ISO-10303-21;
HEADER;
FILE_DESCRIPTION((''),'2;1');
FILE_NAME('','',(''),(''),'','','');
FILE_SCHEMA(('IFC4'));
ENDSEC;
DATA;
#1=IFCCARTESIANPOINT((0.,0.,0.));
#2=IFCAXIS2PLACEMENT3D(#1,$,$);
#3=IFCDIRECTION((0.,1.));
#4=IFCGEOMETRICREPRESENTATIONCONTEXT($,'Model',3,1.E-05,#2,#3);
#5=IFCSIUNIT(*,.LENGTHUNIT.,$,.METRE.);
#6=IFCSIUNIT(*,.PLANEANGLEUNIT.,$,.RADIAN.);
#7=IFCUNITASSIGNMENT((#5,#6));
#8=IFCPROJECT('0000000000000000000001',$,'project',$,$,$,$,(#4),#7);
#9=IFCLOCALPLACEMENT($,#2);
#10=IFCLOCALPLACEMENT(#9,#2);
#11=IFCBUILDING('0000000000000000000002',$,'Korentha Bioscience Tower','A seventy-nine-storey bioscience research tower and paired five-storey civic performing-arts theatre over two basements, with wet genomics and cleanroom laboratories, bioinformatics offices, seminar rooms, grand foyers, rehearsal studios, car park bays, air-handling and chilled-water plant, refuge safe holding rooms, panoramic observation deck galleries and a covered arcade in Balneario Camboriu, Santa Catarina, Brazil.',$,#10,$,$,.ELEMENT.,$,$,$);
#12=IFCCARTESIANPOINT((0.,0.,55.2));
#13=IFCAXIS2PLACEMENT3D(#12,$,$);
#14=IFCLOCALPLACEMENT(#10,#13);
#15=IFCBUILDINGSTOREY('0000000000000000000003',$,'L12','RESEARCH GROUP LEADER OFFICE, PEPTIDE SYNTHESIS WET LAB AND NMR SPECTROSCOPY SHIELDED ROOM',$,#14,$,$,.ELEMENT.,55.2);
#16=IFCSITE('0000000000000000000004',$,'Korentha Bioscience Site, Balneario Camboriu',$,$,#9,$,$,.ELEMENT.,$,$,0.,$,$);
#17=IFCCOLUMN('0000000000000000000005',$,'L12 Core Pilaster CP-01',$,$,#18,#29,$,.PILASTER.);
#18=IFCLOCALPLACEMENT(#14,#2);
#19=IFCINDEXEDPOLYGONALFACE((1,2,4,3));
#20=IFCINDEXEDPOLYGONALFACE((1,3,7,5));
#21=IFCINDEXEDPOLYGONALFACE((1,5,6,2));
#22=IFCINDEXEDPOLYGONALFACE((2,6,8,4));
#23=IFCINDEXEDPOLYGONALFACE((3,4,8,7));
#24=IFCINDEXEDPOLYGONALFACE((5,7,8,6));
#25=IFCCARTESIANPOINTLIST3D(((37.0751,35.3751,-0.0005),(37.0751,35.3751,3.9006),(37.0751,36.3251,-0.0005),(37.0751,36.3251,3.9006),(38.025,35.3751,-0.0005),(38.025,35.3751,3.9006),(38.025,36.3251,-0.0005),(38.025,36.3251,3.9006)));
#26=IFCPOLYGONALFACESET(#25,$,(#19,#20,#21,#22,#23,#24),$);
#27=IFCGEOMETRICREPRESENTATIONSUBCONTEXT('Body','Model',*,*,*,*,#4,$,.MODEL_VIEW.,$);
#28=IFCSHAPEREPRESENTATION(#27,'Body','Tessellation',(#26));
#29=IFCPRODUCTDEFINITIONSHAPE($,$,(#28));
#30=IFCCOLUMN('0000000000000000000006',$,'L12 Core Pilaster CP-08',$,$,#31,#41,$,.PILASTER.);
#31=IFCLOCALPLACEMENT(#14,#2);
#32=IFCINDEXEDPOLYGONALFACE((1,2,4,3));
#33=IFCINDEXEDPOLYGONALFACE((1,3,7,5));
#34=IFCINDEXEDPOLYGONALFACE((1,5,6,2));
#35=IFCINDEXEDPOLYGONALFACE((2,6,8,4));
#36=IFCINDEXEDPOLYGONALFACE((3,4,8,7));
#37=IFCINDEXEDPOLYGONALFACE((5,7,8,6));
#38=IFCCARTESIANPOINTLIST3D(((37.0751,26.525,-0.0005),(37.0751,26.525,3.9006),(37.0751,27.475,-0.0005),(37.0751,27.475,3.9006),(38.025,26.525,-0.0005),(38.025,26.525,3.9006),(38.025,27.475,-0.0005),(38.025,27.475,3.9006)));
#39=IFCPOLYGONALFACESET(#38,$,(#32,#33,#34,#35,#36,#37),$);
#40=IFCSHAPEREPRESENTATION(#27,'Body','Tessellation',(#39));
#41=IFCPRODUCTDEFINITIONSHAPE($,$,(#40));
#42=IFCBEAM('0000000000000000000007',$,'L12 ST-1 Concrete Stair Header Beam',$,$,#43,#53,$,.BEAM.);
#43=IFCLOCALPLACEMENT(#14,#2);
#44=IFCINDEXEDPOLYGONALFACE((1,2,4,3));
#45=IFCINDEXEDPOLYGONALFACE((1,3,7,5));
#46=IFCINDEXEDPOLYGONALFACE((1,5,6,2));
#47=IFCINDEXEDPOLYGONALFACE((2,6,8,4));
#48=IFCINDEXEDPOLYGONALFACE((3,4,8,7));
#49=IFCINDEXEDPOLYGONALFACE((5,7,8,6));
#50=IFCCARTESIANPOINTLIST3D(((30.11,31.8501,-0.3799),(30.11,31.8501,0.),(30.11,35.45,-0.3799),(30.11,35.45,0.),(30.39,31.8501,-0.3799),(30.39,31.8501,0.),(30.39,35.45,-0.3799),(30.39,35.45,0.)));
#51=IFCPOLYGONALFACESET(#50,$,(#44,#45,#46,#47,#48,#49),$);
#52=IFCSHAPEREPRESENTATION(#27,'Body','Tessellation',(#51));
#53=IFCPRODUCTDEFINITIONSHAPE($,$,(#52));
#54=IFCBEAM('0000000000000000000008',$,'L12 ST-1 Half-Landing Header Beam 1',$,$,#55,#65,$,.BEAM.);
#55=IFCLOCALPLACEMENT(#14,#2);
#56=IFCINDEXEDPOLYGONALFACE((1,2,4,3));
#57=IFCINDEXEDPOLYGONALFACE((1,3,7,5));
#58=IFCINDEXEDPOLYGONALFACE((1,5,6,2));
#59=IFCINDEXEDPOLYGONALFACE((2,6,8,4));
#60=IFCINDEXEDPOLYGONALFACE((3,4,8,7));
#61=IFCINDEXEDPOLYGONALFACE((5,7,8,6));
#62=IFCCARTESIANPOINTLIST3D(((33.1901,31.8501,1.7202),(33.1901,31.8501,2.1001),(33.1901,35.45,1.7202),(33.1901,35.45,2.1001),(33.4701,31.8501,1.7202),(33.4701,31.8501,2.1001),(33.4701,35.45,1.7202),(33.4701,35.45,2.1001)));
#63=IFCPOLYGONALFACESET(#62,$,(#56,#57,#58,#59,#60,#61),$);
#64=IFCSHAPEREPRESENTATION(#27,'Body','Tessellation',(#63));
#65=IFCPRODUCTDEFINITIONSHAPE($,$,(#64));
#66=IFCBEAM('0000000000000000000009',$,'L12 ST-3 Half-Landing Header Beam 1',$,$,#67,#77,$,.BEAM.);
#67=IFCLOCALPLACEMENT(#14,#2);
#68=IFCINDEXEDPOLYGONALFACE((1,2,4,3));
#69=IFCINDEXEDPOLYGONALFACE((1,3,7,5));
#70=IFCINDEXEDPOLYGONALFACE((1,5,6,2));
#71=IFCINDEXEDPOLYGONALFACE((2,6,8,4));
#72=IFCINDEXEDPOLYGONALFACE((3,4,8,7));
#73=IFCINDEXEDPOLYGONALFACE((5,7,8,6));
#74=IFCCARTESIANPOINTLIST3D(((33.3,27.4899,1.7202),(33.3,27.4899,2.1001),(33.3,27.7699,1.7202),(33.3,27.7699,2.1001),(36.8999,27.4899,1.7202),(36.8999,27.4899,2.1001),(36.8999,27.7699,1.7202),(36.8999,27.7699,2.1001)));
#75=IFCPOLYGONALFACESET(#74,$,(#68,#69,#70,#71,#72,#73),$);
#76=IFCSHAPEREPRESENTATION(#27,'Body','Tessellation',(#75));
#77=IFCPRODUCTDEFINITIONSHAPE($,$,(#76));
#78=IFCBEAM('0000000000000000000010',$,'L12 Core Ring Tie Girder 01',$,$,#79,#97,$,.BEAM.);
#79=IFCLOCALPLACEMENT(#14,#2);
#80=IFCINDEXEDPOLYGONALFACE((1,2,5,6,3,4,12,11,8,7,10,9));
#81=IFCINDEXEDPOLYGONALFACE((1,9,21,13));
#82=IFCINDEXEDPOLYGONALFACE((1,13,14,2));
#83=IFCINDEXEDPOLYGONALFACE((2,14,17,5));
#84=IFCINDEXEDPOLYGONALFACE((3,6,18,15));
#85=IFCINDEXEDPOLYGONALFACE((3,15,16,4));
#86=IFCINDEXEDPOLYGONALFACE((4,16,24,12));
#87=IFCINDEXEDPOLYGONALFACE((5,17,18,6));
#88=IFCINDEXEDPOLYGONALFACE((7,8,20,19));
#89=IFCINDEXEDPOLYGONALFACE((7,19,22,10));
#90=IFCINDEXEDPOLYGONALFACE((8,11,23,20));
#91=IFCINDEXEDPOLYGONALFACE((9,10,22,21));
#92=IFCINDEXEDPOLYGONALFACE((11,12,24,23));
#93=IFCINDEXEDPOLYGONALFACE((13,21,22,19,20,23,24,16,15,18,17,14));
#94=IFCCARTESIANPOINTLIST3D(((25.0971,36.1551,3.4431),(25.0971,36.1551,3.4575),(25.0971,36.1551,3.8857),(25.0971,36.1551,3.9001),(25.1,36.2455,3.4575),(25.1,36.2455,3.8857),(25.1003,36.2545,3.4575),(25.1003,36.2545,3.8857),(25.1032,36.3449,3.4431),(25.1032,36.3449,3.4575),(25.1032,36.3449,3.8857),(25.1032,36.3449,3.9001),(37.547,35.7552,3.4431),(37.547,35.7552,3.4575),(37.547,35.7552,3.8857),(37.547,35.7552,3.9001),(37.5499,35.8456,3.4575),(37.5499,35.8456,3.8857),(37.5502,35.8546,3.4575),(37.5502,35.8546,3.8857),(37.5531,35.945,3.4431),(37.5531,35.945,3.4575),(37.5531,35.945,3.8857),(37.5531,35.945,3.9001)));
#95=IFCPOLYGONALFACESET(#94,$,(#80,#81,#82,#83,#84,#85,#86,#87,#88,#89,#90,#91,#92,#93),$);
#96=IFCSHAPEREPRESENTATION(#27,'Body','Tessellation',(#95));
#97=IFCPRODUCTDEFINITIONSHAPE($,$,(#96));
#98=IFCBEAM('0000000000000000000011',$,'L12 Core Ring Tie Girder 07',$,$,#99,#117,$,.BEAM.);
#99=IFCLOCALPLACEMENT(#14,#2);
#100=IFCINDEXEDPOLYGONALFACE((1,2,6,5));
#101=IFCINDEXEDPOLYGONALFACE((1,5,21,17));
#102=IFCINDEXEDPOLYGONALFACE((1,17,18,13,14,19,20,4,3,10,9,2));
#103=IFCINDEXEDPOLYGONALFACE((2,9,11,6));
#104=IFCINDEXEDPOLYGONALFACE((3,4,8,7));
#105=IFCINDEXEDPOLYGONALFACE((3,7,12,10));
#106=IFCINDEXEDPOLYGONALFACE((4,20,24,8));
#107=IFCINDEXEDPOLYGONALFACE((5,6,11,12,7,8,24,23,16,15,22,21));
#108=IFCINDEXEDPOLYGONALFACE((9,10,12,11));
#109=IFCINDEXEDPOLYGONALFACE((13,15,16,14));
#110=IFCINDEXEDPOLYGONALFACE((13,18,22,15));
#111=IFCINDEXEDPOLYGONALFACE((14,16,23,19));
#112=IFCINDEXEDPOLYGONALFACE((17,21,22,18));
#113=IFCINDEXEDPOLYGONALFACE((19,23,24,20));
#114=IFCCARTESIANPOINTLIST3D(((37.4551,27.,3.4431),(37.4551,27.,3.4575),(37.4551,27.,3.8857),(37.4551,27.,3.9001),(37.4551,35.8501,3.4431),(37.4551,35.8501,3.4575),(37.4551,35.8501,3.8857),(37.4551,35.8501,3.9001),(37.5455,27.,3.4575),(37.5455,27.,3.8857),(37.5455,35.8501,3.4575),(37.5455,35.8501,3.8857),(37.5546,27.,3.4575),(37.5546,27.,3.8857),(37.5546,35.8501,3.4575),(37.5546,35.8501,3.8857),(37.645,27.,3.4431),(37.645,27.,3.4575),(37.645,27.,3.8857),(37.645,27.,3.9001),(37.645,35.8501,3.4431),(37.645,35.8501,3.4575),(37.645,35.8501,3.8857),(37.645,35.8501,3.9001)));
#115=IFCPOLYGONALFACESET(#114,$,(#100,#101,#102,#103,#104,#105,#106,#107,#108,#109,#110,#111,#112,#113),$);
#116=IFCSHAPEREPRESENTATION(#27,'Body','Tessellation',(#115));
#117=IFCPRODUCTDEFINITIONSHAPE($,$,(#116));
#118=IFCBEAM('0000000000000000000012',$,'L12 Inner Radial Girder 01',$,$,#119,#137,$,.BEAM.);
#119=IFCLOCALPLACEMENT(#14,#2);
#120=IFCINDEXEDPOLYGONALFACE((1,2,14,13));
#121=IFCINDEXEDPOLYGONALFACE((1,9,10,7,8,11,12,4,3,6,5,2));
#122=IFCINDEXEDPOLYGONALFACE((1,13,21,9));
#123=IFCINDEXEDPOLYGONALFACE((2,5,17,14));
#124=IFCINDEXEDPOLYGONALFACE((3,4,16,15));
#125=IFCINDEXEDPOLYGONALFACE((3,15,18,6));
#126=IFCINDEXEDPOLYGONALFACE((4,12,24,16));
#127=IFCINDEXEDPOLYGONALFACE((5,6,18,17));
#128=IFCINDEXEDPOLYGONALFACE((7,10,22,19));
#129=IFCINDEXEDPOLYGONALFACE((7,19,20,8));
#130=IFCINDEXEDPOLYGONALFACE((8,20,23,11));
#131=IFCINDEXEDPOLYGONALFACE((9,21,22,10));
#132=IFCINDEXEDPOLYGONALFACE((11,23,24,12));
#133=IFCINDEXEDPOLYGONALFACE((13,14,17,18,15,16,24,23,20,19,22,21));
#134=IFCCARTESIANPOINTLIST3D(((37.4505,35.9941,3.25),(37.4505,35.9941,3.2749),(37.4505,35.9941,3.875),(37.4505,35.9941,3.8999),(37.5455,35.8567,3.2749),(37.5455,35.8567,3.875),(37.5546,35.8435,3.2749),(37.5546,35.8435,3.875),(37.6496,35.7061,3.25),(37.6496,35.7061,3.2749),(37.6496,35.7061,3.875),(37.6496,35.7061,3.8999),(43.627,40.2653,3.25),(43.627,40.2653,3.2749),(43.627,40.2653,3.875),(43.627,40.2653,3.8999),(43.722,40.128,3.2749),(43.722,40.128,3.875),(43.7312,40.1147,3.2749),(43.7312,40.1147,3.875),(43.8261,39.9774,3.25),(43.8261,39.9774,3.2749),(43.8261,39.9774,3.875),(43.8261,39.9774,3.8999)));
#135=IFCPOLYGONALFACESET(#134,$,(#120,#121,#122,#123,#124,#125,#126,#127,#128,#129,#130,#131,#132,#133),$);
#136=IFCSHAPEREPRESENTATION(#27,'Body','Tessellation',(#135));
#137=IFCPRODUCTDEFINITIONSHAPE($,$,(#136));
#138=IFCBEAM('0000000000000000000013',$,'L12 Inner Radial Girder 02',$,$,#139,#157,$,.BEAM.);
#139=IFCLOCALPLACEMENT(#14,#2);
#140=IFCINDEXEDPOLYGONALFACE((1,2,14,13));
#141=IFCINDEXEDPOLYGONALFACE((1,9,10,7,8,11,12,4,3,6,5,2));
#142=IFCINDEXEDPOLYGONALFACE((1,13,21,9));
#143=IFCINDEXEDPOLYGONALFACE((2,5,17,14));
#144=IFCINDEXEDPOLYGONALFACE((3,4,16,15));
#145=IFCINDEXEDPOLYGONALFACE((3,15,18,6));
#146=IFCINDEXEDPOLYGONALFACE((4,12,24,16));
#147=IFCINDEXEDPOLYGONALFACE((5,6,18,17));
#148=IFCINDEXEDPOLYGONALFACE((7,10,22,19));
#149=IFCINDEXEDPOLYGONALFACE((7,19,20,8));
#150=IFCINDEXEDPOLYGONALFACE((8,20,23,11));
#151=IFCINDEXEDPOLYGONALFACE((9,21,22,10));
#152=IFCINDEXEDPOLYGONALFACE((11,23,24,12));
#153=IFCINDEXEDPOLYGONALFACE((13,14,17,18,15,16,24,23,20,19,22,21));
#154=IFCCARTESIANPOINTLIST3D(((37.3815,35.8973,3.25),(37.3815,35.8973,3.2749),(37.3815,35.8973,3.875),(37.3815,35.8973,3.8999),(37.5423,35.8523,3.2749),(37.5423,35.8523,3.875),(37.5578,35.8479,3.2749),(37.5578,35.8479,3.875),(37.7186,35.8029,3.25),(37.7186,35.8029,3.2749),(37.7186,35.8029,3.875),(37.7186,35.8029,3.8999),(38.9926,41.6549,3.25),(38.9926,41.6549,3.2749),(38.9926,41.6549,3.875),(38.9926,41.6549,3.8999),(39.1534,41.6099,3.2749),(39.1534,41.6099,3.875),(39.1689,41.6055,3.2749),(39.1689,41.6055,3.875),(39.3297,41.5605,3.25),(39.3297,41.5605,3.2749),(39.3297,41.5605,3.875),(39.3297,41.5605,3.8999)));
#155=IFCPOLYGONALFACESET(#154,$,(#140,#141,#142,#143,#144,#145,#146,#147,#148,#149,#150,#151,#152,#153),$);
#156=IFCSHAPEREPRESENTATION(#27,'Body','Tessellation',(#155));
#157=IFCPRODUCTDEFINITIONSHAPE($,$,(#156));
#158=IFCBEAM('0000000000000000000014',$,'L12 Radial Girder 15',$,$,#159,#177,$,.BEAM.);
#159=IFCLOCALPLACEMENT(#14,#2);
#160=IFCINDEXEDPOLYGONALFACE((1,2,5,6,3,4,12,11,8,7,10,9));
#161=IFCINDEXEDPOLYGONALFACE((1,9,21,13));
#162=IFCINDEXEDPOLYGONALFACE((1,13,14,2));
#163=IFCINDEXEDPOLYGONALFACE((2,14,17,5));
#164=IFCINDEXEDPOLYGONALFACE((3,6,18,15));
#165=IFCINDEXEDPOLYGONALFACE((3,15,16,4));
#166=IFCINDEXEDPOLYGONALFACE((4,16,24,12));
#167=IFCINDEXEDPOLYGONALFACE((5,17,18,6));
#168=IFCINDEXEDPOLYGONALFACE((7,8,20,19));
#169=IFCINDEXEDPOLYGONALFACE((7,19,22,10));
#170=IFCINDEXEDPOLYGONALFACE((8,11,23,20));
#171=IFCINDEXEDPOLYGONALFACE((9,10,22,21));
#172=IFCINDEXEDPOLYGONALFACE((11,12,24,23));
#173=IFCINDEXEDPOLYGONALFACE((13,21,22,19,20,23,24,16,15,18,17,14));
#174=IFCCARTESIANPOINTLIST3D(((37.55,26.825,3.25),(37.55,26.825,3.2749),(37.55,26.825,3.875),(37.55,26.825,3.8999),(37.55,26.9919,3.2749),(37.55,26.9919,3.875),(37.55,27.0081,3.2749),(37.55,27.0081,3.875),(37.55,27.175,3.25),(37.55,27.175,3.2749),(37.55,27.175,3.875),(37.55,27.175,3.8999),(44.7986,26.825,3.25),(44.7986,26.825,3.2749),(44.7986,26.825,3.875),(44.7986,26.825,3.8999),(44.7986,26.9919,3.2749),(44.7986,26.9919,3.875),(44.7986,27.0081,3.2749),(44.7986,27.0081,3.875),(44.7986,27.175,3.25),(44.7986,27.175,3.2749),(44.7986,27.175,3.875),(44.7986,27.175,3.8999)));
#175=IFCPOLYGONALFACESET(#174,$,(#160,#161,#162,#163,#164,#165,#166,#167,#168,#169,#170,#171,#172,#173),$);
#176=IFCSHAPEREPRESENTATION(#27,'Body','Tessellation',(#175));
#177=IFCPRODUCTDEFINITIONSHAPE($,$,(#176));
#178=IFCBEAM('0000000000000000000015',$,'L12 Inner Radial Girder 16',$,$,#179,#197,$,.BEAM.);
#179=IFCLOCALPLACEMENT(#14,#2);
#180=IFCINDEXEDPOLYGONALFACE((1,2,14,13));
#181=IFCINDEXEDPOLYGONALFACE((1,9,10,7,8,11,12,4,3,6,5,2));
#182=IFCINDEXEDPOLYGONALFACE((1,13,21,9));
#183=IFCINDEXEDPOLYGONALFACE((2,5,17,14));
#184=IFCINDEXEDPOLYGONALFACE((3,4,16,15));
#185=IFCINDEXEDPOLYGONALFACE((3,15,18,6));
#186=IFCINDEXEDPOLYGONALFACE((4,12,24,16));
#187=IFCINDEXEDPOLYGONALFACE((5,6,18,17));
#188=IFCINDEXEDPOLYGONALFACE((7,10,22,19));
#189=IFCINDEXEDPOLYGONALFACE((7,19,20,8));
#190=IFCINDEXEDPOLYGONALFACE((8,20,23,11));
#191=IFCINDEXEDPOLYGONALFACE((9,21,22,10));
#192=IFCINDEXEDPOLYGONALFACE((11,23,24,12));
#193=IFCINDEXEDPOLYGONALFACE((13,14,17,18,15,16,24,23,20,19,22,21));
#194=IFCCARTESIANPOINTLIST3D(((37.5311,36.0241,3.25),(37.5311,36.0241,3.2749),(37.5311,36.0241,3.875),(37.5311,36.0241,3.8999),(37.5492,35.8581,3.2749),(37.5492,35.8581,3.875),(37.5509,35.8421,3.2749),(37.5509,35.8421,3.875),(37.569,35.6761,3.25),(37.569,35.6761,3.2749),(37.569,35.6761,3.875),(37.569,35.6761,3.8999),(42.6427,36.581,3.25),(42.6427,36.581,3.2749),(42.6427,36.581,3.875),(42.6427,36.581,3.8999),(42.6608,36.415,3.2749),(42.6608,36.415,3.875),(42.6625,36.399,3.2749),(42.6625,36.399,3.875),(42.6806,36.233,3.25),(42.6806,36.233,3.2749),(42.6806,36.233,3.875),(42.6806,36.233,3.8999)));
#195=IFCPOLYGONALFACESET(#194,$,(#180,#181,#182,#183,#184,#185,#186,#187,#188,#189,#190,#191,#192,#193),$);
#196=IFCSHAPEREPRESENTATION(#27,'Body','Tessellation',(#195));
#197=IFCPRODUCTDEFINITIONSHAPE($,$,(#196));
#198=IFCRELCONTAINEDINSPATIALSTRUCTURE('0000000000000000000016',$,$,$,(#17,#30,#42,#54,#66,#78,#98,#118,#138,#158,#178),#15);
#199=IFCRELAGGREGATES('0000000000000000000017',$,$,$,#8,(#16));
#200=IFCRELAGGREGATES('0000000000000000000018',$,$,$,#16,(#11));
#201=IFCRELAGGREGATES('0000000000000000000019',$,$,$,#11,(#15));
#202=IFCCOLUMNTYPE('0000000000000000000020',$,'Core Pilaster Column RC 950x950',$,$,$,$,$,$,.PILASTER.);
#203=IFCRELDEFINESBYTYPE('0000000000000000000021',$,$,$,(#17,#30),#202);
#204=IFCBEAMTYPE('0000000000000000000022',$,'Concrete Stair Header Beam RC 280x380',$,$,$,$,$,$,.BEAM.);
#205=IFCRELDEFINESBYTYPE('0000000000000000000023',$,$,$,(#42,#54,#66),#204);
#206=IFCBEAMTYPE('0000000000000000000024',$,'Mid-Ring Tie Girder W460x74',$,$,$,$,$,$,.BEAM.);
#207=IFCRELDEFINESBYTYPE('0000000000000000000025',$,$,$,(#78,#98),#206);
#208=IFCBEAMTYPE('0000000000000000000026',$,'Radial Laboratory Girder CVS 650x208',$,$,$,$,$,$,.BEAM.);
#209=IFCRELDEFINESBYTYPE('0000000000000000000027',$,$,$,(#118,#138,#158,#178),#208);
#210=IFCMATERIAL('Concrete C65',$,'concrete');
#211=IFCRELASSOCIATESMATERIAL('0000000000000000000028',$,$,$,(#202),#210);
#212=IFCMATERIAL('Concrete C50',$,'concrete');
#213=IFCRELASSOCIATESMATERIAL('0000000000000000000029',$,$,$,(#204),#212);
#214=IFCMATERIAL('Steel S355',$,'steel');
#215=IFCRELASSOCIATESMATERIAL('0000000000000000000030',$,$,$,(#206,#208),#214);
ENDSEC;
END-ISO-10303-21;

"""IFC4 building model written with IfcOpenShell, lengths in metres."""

from ifc_helpers import new_model, si_unit, direction, frame, origin, origin_2d, place, context, subcontext, project, spatial, rectangle, i_section, extrude, material, material_profile, profile_set, type_object, element, save


model = new_model("IFC4")

# Units and contexts
model_context = context("Model", 3, precision=1e-05, world=origin(), true_north=direction((0.0, 1.0)))
body_context = subcontext(model_context, "Body", "Model", "MODEL_VIEW")
ifc_project = project(units=[si_unit("LENGTHUNIT", "METRE"), si_unit("PLANEANGLEUNIT", "RADIAN")], contexts=[model_context])

# Site, building, storey
site_placement = place(None, origin())
site = spatial("IfcSite", under=ifc_project, at=site_placement, Name="Korentha Bioscience Site, Balneario Camboriu", CompositionType="ELEMENT", RefElevation=0.0)
building_placement = place(site_placement, origin())
building = spatial("IfcBuilding", under=site, at=building_placement, Name="Korentha Bioscience Tower", Description="A seventy-nine-storey bioscience research tower and paired five-storey civic performing-arts theatre over two basements, with wet genomics and cleanroom laboratories, bioinformatics offices, seminar rooms, grand foyers, rehearsal studios, car park bays, air-handling and chilled-water plant, refuge safe holding rooms, panoramic observation deck galleries and a covered arcade in Balneario Camboriu, Santa Catarina, Brazil.", CompositionType="ELEMENT")
storey_placement = place(building_placement, frame((0.0, 0.0, 55.2)))
storey = spatial("IfcBuildingStorey", under=building, at=storey_placement, Name="L12", Description="RESEARCH GROUP LEADER OFFICE, PEPTIDE SYNTHESIS WET LAB AND NMR SPECTROSCOPY SHIELDED ROOM", CompositionType="ELEMENT", Elevation=55.2)

# Columns
ifc_material_1 = material(Name="Concrete C65", Category="concrete")
ifc_material_profile_1 = material_profile(ifc_material_1, rectangle(XDim=0.95, YDim=0.95, at=origin_2d()), Name="Concrete C65")
ifc_profile_set_1 = profile_set([ifc_material_profile_1], Name="Concrete C65 (COL-CP09)")
column_type = type_object("IfcColumnType", Name="Core Pilaster Column RC 950x950", PredefinedType="PILASTER", material=ifc_profile_set_1)
for number, where, z_axis, x_axis, name in (
    (1, (37.55, 35.8501, -0.0005), (0.0, 0.0, 1.0), (1.0, 0.0, 0.0), "L12 Core Pilaster CP-01"),
    (2, (37.55, 27.0, -0.0005), (0.0, 0.0, 1.0), (1.0, 0.0, 0.0), "L12 Core Pilaster CP-08"),
):
    element("IfcColumn", number, at=place(storey_placement, frame(where, z_axis=z_axis, x_axis=x_axis)), inside=storey, type_object=column_type, Name=name, PredefinedType="PILASTER", context=body_context, shape_type="SweptSolid", body=[
        extrude(rectangle(XDim=0.95, YDim=0.95, at=origin_2d()), origin(), (0.0, 0.0, 1.0), 3.9011),
    ])

# Beams
ifc_material_2 = material(Name="Concrete C50", Category="concrete")
ifc_material_profile_2 = material_profile(ifc_material_2, rectangle(XDim=0.28, YDim=0.3799, at=origin_2d()), Name="Concrete C50")
ifc_profile_set_2 = profile_set([ifc_material_profile_2], Name="Concrete C50 (ST-HB380)")
beam_type_1 = type_object("IfcBeamType", Name="Concrete Stair Header Beam RC 280x380", PredefinedType="BEAM", material=ifc_profile_set_2)
for number, where, z_axis, x_axis, name in (
    (3, (30.25, 31.8501, -0.1899), (0.0, 1.0, 0.0), (-1.0, 0.0, 0.0), "L12 ST-1 Concrete Stair Header Beam"),
    (4, (33.3301, 31.8501, 1.9102), (0.0, 1.0, 0.0), (-1.0, 0.0, 0.0), "L12 ST-1 Half-Landing Header Beam 1"),
    (5, (36.8999, 27.6299, 1.9102), (-1.0, 0.0, 0.0), (0.0, -1.0, 0.0), "L12 ST-3 Half-Landing Header Beam 1"),
):
    element("IfcBeam", number, at=place(storey_placement, frame(where, z_axis=z_axis, x_axis=x_axis)), inside=storey, type_object=beam_type_1, Name=name, PredefinedType="BEAM", context=body_context, shape_type="SweptSolid", body=[
        extrude(rectangle(XDim=0.28, YDim=0.3799, at=origin_2d()), origin(), (0.0, 0.0, 1.0), 3.5999),
    ])
ifc_material_3 = material(Name="Steel S355", Category="steel")
ifc_material_profile_3 = material_profile(ifc_material_3, i_section(OverallWidth=0.1899, OverallDepth=0.457, WebThickness=0.009, FlangeThickness=0.0144, at=origin_2d()), Name="Steel S355")
ifc_profile_set_3 = profile_set([ifc_material_profile_3], Name="Steel S355 (MB-460)")
beam_type_2 = type_object("IfcBeamType", Name="Mid-Ring Tie Girder W460x74", PredefinedType="BEAM", material=ifc_profile_set_3)
beam_1_placement = place(storey_placement, frame((37.55, 35.8501, 3.6716), z_axis=(-0.999485, 0.032104, 0.0), x_axis=(-0.032104, -0.999485, 0.0)))
element("IfcBeam", 6, at=beam_1_placement, inside=storey, type_object=beam_type_2, Name="L12 Core Ring Tie Girder 01", PredefinedType="BEAM", context=body_context, shape_type="SweptSolid", body=[
    extrude(i_section(OverallWidth=0.1899, OverallDepth=0.457, WebThickness=0.009, FlangeThickness=0.0144, at=origin_2d()), origin(), (0.0, 0.0, 1.0), 12.4563),
])
beam_2_placement = place(storey_placement, frame((37.55, 27.0, 3.6716), z_axis=(0.0, 1.0, 0.0), x_axis=(-1.0, 0.0, 0.0)))
element("IfcBeam", 7, at=beam_2_placement, inside=storey, type_object=beam_type_2, Name="L12 Core Ring Tie Girder 07", PredefinedType="BEAM", context=body_context, shape_type="SweptSolid", body=[
    extrude(i_section(OverallWidth=0.1899, OverallDepth=0.457, WebThickness=0.009, FlangeThickness=0.0144, at=origin_2d()), origin(), (0.0, 0.0, 1.0), 8.8501),
])
ifc_material_profile_4 = material_profile(ifc_material_3, i_section(OverallWidth=0.3501, OverallDepth=0.6499, WebThickness=0.0161, FlangeThickness=0.0249, at=origin_2d()), Name="Steel S355")
ifc_profile_set_4 = profile_set([ifc_material_profile_4], Name="Steel S355 (RB-650)")
beam_type_3 = type_object("IfcBeamType", Name="Radial Laboratory Girder CVS 650x208", PredefinedType="BEAM", material=ifc_profile_set_4)
beam_3_placement = place(storey_placement, frame((37.55, 35.8501, 3.575), z_axis=(0.822492, 0.568777, 0.0), x_axis=(-0.568777, 0.822492, 0.0)))
element("IfcBeam", 8, at=beam_3_placement, inside=storey, type_object=beam_type_3, Name="L12 Inner Radial Girder 01", PredefinedType="BEAM", context=body_context, shape_type="SweptSolid", body=[
    extrude(i_section(OverallWidth=0.3501, OverallDepth=0.6499, WebThickness=0.0161, FlangeThickness=0.0249, at=origin_2d()), origin(), (0.0, 0.0, 1.0), 7.5095),
])
beam_4_placement = place(storey_placement, frame((37.55, 35.8501, 3.575), z_axis=(0.269469, 0.963009, 0.0), x_axis=(-0.963009, 0.269469, 0.0)))
element("IfcBeam", 9, at=beam_4_placement, inside=storey, type_object=beam_type_3, Name="L12 Inner Radial Girder 02", PredefinedType="BEAM", context=body_context, shape_type="SweptSolid", body=[
    extrude(i_section(OverallWidth=0.3501, OverallDepth=0.6499, WebThickness=0.0161, FlangeThickness=0.0249, at=origin_2d()), origin(), (0.0, 0.0, 1.0), 5.9788),
])
beam_5_placement = place(storey_placement, frame((37.55, 27.0, 3.575), z_axis=(1.0, 0.0, 0.0), x_axis=(0.0, 1.0, 0.0)))
element("IfcBeam", 10, at=beam_5_placement, inside=storey, type_object=beam_type_3, Name="L12 Radial Girder 15", PredefinedType="BEAM", context=body_context, shape_type="SweptSolid", body=[
    extrude(i_section(OverallWidth=0.3501, OverallDepth=0.6499, WebThickness=0.0161, FlangeThickness=0.0249, at=origin_2d()), origin(), (0.0, 0.0, 1.0), 7.2485),
])
beam_6_placement = place(storey_placement, frame((37.55, 35.8501, 3.575), z_axis=(0.994118, 0.108305, 0.0), x_axis=(-0.108305, 0.994118, 0.0)))
element("IfcBeam", 11, at=beam_6_placement, inside=storey, type_object=beam_type_3, Name="L12 Inner Radial Girder 16", PredefinedType="BEAM", context=body_context, shape_type="SweptSolid", body=[
    extrude(i_section(OverallWidth=0.3501, OverallDepth=0.6499, WebThickness=0.0161, FlangeThickness=0.0249, at=origin_2d()), origin(), (0.0, 0.0, 1.0), 5.1418),
])

save(model, "model.ifc")
